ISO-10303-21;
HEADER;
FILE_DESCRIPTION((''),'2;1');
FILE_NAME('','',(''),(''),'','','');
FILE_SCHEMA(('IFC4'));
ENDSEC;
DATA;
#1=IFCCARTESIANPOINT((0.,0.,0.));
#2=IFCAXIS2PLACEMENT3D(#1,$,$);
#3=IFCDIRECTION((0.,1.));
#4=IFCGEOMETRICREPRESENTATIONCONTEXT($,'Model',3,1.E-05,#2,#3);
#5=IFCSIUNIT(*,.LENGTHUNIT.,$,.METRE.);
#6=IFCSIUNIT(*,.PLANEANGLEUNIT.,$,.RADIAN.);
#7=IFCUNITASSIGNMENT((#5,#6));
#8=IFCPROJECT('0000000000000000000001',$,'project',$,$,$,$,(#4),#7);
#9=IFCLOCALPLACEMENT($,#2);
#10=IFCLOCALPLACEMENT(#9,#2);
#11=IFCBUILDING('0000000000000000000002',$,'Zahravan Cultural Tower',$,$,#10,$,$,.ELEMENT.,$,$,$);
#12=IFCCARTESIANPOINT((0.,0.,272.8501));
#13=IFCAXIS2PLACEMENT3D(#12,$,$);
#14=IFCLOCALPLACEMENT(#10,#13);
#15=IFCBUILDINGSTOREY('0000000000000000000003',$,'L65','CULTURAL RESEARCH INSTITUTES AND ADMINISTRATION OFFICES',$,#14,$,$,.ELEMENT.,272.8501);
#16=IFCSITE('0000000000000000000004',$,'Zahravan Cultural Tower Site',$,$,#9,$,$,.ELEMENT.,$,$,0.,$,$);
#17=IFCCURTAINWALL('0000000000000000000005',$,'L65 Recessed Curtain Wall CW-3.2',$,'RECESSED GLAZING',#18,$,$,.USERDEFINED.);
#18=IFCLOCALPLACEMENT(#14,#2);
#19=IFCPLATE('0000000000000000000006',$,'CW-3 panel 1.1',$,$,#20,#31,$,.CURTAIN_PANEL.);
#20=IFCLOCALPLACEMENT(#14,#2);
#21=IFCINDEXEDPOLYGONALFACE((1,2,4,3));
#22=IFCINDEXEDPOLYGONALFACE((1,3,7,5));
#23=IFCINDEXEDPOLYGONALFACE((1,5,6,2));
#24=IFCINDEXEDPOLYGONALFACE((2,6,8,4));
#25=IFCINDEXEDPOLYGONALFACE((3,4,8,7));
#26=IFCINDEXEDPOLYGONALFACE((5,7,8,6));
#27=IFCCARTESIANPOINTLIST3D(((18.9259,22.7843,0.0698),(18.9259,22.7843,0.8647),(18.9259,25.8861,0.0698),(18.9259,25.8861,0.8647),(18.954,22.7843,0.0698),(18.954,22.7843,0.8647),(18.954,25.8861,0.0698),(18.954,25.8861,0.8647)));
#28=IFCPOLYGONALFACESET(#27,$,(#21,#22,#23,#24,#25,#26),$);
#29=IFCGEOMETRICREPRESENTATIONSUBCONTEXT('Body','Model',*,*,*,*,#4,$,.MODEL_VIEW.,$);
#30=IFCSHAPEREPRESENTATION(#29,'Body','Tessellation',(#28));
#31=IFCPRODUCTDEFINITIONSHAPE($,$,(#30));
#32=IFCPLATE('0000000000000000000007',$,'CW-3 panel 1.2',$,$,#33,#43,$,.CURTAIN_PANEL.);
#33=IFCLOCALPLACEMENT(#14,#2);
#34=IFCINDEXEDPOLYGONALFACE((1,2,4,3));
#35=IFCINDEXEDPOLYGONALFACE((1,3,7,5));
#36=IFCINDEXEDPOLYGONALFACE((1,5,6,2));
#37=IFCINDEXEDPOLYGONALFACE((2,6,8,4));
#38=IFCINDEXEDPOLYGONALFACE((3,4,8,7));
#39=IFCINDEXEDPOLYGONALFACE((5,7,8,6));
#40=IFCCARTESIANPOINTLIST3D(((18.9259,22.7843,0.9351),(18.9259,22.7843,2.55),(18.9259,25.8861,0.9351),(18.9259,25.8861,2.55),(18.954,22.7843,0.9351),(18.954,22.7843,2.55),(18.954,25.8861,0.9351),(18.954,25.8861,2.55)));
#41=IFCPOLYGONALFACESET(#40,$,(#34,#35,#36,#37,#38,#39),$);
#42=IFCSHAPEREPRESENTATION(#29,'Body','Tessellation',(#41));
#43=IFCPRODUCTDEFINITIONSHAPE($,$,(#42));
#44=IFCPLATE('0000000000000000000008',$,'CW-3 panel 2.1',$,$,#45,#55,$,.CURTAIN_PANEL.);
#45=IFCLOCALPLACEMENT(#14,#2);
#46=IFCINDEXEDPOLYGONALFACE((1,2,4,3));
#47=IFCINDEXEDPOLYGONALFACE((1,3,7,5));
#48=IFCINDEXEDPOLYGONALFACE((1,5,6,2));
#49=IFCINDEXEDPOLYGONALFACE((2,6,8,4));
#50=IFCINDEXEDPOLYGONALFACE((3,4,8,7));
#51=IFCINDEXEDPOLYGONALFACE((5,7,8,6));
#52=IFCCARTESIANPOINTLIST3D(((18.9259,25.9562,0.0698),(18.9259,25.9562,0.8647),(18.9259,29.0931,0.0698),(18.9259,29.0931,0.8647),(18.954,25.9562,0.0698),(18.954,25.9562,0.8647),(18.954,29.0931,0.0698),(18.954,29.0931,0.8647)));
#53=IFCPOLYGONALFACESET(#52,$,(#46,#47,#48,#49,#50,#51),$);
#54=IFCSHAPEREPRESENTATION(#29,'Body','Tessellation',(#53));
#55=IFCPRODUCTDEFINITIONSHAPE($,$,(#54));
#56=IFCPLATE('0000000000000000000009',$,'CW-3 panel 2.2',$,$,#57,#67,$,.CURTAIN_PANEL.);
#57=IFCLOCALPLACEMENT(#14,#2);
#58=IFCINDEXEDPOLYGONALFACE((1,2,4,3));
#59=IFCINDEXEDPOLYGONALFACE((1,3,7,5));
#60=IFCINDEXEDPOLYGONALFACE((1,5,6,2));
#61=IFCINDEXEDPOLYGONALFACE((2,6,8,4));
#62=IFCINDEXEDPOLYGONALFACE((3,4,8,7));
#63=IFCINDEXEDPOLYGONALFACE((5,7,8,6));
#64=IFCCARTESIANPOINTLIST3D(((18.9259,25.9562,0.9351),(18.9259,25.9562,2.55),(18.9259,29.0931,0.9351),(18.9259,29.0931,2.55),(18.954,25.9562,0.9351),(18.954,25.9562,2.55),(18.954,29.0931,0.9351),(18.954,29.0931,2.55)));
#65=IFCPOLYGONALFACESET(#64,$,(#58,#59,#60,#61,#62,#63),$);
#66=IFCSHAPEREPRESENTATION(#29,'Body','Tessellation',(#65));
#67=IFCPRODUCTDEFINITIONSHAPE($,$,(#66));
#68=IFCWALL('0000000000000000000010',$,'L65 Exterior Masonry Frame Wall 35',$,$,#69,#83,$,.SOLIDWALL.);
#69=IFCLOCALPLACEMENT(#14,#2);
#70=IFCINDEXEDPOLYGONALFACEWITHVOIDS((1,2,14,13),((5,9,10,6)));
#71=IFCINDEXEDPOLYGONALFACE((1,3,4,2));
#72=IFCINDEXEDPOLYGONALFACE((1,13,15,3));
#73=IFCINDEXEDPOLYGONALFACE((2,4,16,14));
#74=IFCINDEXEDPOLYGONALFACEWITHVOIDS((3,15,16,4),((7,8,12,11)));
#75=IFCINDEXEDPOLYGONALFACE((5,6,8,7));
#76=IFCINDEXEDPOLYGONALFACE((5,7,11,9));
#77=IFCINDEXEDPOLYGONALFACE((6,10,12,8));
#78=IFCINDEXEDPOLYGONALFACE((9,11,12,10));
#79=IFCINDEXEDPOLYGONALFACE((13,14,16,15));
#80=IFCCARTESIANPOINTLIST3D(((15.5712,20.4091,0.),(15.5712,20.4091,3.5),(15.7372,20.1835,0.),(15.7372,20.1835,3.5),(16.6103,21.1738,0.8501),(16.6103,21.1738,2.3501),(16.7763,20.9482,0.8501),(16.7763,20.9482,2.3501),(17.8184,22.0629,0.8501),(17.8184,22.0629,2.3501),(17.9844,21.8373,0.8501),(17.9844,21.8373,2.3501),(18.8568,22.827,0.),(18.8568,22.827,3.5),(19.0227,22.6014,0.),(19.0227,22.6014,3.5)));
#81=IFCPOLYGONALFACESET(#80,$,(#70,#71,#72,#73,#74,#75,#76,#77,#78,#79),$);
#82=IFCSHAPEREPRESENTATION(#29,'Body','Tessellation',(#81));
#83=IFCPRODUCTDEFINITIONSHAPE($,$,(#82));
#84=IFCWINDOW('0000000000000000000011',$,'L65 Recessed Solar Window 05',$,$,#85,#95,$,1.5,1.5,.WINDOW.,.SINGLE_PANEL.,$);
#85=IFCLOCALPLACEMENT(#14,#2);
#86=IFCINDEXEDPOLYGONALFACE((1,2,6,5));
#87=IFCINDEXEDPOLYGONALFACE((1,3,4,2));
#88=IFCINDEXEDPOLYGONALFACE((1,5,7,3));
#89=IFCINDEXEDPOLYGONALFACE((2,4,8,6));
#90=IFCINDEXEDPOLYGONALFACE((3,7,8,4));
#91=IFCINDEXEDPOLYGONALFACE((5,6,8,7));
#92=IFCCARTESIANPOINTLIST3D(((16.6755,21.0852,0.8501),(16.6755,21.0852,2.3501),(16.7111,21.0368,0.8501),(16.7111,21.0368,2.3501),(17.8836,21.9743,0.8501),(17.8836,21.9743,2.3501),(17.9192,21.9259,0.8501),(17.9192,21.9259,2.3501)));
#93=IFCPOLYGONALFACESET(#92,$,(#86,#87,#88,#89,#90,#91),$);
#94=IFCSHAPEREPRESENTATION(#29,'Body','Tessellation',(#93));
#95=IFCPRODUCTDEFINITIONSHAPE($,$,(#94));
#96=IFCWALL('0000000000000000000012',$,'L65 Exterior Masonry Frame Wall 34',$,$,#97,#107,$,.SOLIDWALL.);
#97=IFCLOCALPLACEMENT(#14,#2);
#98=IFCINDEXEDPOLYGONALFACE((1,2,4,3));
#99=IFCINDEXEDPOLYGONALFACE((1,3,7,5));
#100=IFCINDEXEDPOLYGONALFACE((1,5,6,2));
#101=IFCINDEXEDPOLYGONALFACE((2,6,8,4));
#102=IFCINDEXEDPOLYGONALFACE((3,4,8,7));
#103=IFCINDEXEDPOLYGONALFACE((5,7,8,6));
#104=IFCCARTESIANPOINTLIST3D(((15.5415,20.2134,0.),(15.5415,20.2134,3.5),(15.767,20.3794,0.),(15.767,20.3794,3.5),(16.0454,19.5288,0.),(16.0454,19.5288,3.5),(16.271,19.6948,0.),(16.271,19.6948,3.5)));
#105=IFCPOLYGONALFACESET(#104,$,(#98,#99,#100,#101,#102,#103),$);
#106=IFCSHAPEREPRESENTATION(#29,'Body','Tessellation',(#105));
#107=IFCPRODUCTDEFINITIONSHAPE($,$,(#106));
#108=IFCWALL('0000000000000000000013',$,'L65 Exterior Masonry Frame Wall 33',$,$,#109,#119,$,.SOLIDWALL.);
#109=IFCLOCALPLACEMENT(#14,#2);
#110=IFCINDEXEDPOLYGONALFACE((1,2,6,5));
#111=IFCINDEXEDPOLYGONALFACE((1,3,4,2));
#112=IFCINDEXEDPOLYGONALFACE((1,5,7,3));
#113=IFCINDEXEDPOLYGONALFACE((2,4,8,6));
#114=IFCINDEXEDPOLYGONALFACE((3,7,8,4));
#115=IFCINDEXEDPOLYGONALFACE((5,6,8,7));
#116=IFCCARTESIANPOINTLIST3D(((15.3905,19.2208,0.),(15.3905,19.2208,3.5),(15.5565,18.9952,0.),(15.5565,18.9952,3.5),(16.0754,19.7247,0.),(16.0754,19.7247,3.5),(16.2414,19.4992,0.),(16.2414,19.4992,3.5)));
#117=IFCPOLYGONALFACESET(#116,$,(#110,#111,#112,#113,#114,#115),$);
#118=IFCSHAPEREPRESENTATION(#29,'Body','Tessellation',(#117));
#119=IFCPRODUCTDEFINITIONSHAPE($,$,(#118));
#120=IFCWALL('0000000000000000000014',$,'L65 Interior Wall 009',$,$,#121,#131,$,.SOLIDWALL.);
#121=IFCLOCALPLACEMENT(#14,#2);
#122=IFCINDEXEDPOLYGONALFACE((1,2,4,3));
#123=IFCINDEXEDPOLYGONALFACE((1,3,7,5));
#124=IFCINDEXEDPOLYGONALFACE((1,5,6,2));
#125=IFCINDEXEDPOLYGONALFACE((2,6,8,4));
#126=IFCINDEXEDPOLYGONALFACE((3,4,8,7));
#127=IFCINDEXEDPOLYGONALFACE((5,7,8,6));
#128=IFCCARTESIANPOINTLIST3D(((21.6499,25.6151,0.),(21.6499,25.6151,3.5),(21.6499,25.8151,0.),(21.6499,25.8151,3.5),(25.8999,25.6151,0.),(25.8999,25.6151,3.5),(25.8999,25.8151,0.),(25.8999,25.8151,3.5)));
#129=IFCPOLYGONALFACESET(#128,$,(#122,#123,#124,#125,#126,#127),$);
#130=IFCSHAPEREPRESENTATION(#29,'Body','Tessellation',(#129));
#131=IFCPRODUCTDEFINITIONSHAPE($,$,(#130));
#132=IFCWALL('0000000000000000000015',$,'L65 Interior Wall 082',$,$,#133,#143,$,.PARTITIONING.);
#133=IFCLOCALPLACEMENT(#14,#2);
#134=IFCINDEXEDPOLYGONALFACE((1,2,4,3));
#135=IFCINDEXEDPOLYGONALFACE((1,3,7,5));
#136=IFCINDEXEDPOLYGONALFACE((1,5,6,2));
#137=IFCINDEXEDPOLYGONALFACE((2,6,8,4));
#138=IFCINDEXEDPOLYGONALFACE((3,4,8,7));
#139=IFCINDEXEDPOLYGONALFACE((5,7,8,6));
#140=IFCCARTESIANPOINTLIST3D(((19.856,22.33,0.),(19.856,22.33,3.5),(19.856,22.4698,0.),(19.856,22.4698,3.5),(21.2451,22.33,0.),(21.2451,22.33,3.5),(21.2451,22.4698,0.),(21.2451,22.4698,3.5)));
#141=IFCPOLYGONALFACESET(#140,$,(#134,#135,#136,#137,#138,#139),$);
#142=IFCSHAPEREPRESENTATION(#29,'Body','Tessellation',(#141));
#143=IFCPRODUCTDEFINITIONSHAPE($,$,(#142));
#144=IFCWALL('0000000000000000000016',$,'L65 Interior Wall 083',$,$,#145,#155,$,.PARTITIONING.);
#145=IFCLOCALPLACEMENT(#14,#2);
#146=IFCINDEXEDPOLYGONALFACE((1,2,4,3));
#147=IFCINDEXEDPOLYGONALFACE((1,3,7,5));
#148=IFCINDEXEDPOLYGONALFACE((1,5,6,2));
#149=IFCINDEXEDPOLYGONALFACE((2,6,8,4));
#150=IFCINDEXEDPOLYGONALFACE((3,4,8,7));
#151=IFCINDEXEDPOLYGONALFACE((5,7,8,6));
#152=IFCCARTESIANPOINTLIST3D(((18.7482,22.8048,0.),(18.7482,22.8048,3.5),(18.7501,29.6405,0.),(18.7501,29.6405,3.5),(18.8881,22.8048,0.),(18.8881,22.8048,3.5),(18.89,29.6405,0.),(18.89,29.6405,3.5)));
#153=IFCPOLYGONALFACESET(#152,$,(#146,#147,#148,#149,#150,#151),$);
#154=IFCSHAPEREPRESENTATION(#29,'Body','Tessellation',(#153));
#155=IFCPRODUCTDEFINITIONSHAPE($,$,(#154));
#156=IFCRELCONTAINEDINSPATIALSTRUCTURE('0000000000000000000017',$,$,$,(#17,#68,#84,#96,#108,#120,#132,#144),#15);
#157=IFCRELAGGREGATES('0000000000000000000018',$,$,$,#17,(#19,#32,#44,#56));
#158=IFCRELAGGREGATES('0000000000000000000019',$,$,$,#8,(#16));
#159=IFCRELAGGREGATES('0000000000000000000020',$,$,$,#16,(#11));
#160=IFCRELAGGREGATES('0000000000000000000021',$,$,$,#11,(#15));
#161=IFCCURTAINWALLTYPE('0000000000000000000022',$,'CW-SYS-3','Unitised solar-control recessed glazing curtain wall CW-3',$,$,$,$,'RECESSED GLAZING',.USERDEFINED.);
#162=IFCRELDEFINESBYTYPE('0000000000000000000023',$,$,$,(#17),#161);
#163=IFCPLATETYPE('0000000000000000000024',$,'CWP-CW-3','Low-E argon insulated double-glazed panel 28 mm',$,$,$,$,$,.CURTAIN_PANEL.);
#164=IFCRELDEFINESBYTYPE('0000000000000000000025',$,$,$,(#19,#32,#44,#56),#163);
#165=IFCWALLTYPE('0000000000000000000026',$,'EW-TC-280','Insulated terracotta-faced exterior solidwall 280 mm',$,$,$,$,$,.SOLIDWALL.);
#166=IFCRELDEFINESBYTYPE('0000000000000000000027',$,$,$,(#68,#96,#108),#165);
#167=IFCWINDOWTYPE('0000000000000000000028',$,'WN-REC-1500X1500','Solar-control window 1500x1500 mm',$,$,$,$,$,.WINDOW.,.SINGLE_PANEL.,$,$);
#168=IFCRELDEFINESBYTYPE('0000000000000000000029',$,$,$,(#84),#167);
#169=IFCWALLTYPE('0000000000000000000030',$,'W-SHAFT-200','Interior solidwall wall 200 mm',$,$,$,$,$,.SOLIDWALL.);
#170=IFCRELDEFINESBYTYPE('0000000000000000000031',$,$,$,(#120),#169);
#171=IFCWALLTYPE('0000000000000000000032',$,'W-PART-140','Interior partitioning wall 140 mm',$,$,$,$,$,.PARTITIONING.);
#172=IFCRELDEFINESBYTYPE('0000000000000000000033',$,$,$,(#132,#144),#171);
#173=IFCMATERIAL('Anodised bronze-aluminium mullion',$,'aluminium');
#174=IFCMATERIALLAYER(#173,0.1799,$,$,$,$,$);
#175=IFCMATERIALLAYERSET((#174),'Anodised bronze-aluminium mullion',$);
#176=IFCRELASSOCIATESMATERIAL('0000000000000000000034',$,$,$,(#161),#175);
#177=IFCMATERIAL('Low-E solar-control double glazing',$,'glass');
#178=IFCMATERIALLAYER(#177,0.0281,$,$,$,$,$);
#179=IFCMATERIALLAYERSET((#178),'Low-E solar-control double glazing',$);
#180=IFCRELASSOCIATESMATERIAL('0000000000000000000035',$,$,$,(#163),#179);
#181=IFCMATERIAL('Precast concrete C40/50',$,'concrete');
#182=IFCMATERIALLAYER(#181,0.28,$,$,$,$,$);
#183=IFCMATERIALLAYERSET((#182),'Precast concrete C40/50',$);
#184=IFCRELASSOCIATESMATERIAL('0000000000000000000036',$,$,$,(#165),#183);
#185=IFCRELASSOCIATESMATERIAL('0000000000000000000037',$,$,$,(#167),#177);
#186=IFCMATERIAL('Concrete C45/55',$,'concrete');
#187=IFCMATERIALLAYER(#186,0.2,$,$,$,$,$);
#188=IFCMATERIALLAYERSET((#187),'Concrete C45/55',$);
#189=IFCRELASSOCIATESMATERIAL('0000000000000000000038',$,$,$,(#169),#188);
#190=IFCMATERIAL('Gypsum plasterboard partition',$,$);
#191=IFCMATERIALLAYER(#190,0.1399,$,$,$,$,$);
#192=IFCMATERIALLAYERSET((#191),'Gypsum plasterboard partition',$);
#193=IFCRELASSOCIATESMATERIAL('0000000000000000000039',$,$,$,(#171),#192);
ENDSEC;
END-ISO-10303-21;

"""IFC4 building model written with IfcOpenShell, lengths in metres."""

from ifc_helpers import new_model, si_unit, direction, frame, frame_2d, origin, origin_2d, place, context, subcontext, project, spatial, rectangle, extrude, source, transform, mapped, material, layer, layer_set, type_object, element, fill, aggregate, save


model = new_model("IFC4")

# Units and contexts
model_context = context("Model", 3, precision=1e-05, world=origin(), true_north=direction((0.0, 1.0)))
body_context = subcontext(model_context, "Body", "Model", "MODEL_VIEW")
ifc_project = project(units=[si_unit("LENGTHUNIT", "METRE"), si_unit("PLANEANGLEUNIT", "RADIAN")], contexts=[model_context])

# Site, building, storey
site_placement = place(None, origin())
site = spatial("IfcSite", under=ifc_project, at=site_placement, Name="Zahravan Cultural Tower Site", CompositionType="ELEMENT", RefElevation=0.0)
building_placement = place(site_placement, origin())
building = spatial("IfcBuilding", under=site, at=building_placement, Name="Zahravan Cultural Tower", CompositionType="ELEMENT")
storey_placement = place(building_placement, frame((0.0, 0.0, 272.8501)))
storey = spatial("IfcBuildingStorey", under=building, at=storey_placement, Name="L65", Description="CULTURAL RESEARCH INSTITUTES AND ADMINISTRATION OFFICES", CompositionType="ELEMENT", Elevation=272.8501)

# Curtain wall, plates
ifc_material_1 = material(Name="Anodised bronze-aluminium mullion", Category="aluminium")
ifc_layer_1 = layer(ifc_material_1, 0.1799)
ifc_layer_set_1 = layer_set([ifc_layer_1], Name="Anodised bronze-aluminium mullion")
curtain_wall_type = type_object("IfcCurtainWallType", Name="CW-SYS-3", Description="Unitised solar-control recessed glazing curtain wall CW-3", ElementType="RECESSED GLAZING", PredefinedType="USERDEFINED", material=ifc_layer_set_1)
curtain_wall_placement = place(storey_placement, origin())
curtain_wall = element("IfcCurtainWall", 1, at=curtain_wall_placement, inside=storey, type_object=curtain_wall_type, Name="L65 Recessed Curtain Wall CW-3.2", ObjectType="RECESSED GLAZING", PredefinedType="USERDEFINED")
ifc_material_2 = material(Name="Low-E solar-control double glazing", Category="glass")
ifc_layer_2 = layer(ifc_material_2, 0.0281)
ifc_layer_set_2 = layer_set([ifc_layer_2], Name="Low-E solar-control double glazing")
plate_type = type_object("IfcPlateType", Name="CWP-CW-3", Description="Low-E argon insulated double-glazed panel 28 mm", PredefinedType="CURTAIN_PANEL", material=ifc_layer_set_2)
shared_shape_1 = source(origin(), body_context, "Body", "SweptSolid", [
    extrude(rectangle(XDim=3.1018, YDim=0.0281, at=origin_2d()), origin(), (0.0, 0.0, 1.0), 0.7949),
])
plate_1_placement = place(storey_placement, frame((18.9399, 24.3352, 0.0698), z_axis=(0.0, 0.0, 1.0), x_axis=(0.0, 1.0, 0.0)))
plate_1 = element("IfcPlate", 2, at=plate_1_placement, type_object=plate_type, Name="CW-3 panel 1.1", PredefinedType="CURTAIN_PANEL", context=body_context, shape_type="MappedRepresentation", body=[
    mapped(shared_shape_1, transform((0.0, 0.0, 0.0), x_axis=(1.0, 0.0, 0.0), y_axis=(0.0, 1.0, 0.0), z_axis=(0.0, 0.0, 1.0), scale=1.0)),
])
shared_shape_2 = source(origin(), body_context, "Body", "SweptSolid", [
    extrude(rectangle(XDim=3.1018, YDim=0.0281, at=origin_2d()), origin(), (0.0, 0.0, 1.0), 1.615),
])
plate_2_placement = place(storey_placement, frame((18.9399, 24.3352, 0.9351), z_axis=(0.0, 0.0, 1.0), x_axis=(0.0, 1.0, 0.0)))
plate_2 = element("IfcPlate", 3, at=plate_2_placement, type_object=plate_type, Name="CW-3 panel 1.2", PredefinedType="CURTAIN_PANEL", context=body_context, shape_type="MappedRepresentation", body=[
    mapped(shared_shape_2, transform((0.0, 0.0, 0.0), x_axis=(1.0, 0.0, 0.0), y_axis=(0.0, 1.0, 0.0), z_axis=(0.0, 0.0, 1.0), scale=1.0)),
])
shared_shape_3 = source(origin(), body_context, "Body", "SweptSolid", [
    extrude(rectangle(XDim=3.137, YDim=0.0281, at=origin_2d()), origin(), (0.0, 0.0, 1.0), 0.7949),
])
plate_3_placement = place(storey_placement, frame((18.9399, 27.5247, 0.0698), z_axis=(0.0, 0.0, 1.0), x_axis=(0.0, 1.0, 0.0)))
plate_3 = element("IfcPlate", 4, at=plate_3_placement, type_object=plate_type, Name="CW-3 panel 2.1", PredefinedType="CURTAIN_PANEL", context=body_context, shape_type="MappedRepresentation", body=[
    mapped(shared_shape_3, transform((0.0, 0.0, 0.0), x_axis=(1.0, 0.0, 0.0), y_axis=(0.0, 1.0, 0.0), z_axis=(0.0, 0.0, 1.0), scale=1.0)),
])
shared_shape_4 = source(origin(), body_context, "Body", "SweptSolid", [
    extrude(rectangle(XDim=3.137, YDim=0.0281, at=origin_2d()), origin(), (0.0, 0.0, 1.0), 1.615),
])
plate_4_placement = place(storey_placement, frame((18.9399, 27.5247, 0.9351), z_axis=(0.0, 0.0, 1.0), x_axis=(0.0, 1.0, 0.0)))
plate_4 = element("IfcPlate", 5, at=plate_4_placement, type_object=plate_type, Name="CW-3 panel 2.2", PredefinedType="CURTAIN_PANEL", context=body_context, shape_type="MappedRepresentation", body=[
    mapped(shared_shape_4, transform((0.0, 0.0, 0.0), x_axis=(1.0, 0.0, 0.0), y_axis=(0.0, 1.0, 0.0), z_axis=(0.0, 0.0, 1.0), scale=1.0)),
])
aggregate(curtain_wall, [plate_1, plate_2, plate_3, plate_4])

# Wall, opening, window
ifc_material_3 = material(Name="Precast concrete C40/50", Category="concrete")
ifc_layer_3 = layer(ifc_material_3, 0.28)
ifc_layer_set_3 = layer_set([ifc_layer_3], Name="Precast concrete C40/50")
wall_type_1 = type_object("IfcWallType", Name="EW-TC-280", Description="Insulated terracotta-faced exterior solidwall 280 mm", PredefinedType="SOLIDWALL", material=ifc_layer_set_3)
wall_1_placement = place(storey_placement, frame((15.6543, 20.2964, 0.0), z_axis=(0.0, 0.0, 1.0), x_axis=(0.805411, 0.592717, 0.0)))
wall_1 = element("IfcWall", 6, at=wall_1_placement, inside=storey, type_object=wall_type_1, Name="L65 Exterior Masonry Frame Wall 35", PredefinedType="SOLIDWALL", context=body_context, shape_type="SweptSolid", body=[
    extrude(rectangle(XDim=4.0793, YDim=0.28, at=frame_2d((2.0396, 0.0))), origin(), (0.0, 0.0, 1.0), 3.5),
])
opening_placement = place(wall_1_placement, frame((1.29, 0.0, 0.8501)))
opening = element("IfcOpeningElement", 7, at=opening_placement, cuts=wall_1, PredefinedType="OPENING", context=body_context, shape_type="SweptSolid", body=[
    extrude(rectangle(XDim=1.5, YDim=1.5, at=frame_2d((0.75, 0.75))), frame((0.0, 0.1499, 0.0), z_axis=(0.0, -1.0, 0.0), x_axis=(1.0, 0.0, 0.0)), (0.0, 0.0, 1.0), 0.3),
])
window_type = type_object("IfcWindowType", Name="WN-REC-1500X1500", Description="Solar-control window 1500x1500 mm", PartitioningType="SINGLE_PANEL", PredefinedType="WINDOW", material=ifc_material_2)
shared_shape_5 = source(origin(), body_context, "Body", "SweptSolid", [
    extrude(rectangle(XDim=1.5, YDim=1.5, at=frame_2d((0.75, 0.75))), frame((0.0, 0.03, 0.0), z_axis=(0.0, -1.0, 0.0), x_axis=(1.0, 0.0, 0.0)), (0.0, 0.0, 1.0), 0.0601),
])
window_placement = place(opening_placement, origin())
window = element("IfcWindow", 8, at=window_placement, inside=storey, type_object=window_type, Name="L65 Recessed Solar Window 05", OverallHeight=1.5, OverallWidth=1.5, PartitioningType="SINGLE_PANEL", PredefinedType="WINDOW", context=body_context, shape_type="MappedRepresentation", body=[
    mapped(shared_shape_5, transform((0.0, 0.0, 0.0), x_axis=(1.0, 0.0, 0.0), y_axis=(0.0, 1.0, 0.0), z_axis=(0.0, 0.0, 1.0), scale=1.0)),
])
fill(opening, window)

# Walls
shared_shape_6 = source(origin(), body_context, "Body", "SweptSolid", [
    extrude(rectangle(XDim=0.8501, YDim=0.28, at=frame_2d((0.425, 0.0))), origin(), (0.0, 0.0, 1.0), 3.5),
])
wall_2_placement = place(storey_placement, frame((16.1582, 19.6118, 0.0), z_axis=(0.0, 0.0, 1.0), x_axis=(-0.592807, 0.805345, 0.0)))
element("IfcWall", 9, at=wall_2_placement, inside=storey, type_object=wall_type_1, Name="L65 Exterior Masonry Frame Wall 34", PredefinedType="SOLIDWALL", context=body_context, shape_type="MappedRepresentation", body=[
    mapped(shared_shape_6, transform((0.0, 0.0, 0.0), x_axis=(1.0, 0.0, 0.0), y_axis=(0.0, 1.0, 0.0), z_axis=(0.0, 0.0, 1.0), scale=1.0)),
])
shared_shape_7 = source(origin(), body_context, "Body", "SweptSolid", [
    extrude(rectangle(XDim=0.8503, YDim=0.28, at=frame_2d((0.4253, 0.0))), origin(), (0.0, 0.0, 1.0), 3.5),
])
wall_3_placement = place(storey_placement, frame((15.4734, 19.1079, 0.0), z_axis=(0.0, 0.0, 1.0), x_axis=(0.805445, 0.59267, 0.0)))
element("IfcWall", 10, at=wall_3_placement, inside=storey, type_object=wall_type_1, Name="L65 Exterior Masonry Frame Wall 33", PredefinedType="SOLIDWALL", context=body_context, shape_type="MappedRepresentation", body=[
    mapped(shared_shape_7, transform((0.0, 0.0, 0.0), x_axis=(1.0, 0.0, 0.0), y_axis=(0.0, 1.0, 0.0), z_axis=(0.0, 0.0, 1.0), scale=1.0)),
])
ifc_material_4 = material(Name="Concrete C45/55", Category="concrete")
ifc_layer_4 = layer(ifc_material_4, 0.2)
ifc_layer_set_4 = layer_set([ifc_layer_4], Name="Concrete C45/55")
wall_type_2 = type_object("IfcWallType", Name="W-SHAFT-200", Description="Interior solidwall wall 200 mm", PredefinedType="SOLIDWALL", material=ifc_layer_set_4)
shared_shape_8 = source(origin(), body_context, "Body", "SweptSolid", [
    extrude(rectangle(XDim=4.25, YDim=0.2, at=frame_2d((2.125, 0.0))), origin(), (0.0, 0.0, 1.0), 3.5),
])
wall_4_placement = place(storey_placement, frame((21.6499, 25.7151, 0.0), z_axis=(0.0, 0.0, 1.0), x_axis=(1.0, 0.0, 0.0)))
element("IfcWall", 11, at=wall_4_placement, inside=storey, type_object=wall_type_2, Name="L65 Interior Wall 009", PredefinedType="SOLIDWALL", context=body_context, shape_type="MappedRepresentation", body=[
    mapped(shared_shape_8, transform((0.0, 0.0, 0.0), x_axis=(1.0, 0.0, 0.0), y_axis=(0.0, 1.0, 0.0), z_axis=(0.0, 0.0, 1.0), scale=1.0)),
])
ifc_material_5 = material(Name="Gypsum plasterboard partition")
ifc_layer_5 = layer(ifc_material_5, 0.1399)
ifc_layer_set_5 = layer_set([ifc_layer_5], Name="Gypsum plasterboard partition")
wall_type_3 = type_object("IfcWallType", Name="W-PART-140", Description="Interior partitioning wall 140 mm", PredefinedType="PARTITIONING", material=ifc_layer_set_5)
shared_shape_9 = source(origin(), body_context, "Body", "SweptSolid", [
    extrude(rectangle(XDim=1.3892, YDim=0.1399, at=frame_2d((0.6946, 0.0))), origin(), (0.0, 0.0, 1.0), 3.5),
])
wall_5_placement = place(storey_placement, frame((19.856, 22.3999, 0.0), z_axis=(0.0, 0.0, 1.0), x_axis=(1.0, 0.0, 0.0)))
element("IfcWall", 12, at=wall_5_placement, inside=storey, type_object=wall_type_3, Name="L65 Interior Wall 082", PredefinedType="PARTITIONING", context=body_context, shape_type="MappedRepresentation", body=[
    mapped(shared_shape_9, transform((0.0, 0.0, 0.0), x_axis=(1.0, 0.0, 0.0), y_axis=(0.0, 1.0, 0.0), z_axis=(0.0, 0.0, 1.0), scale=1.0)),
])
shared_shape_10 = source(origin(), body_context, "Body", "SweptSolid", [
    extrude(rectangle(XDim=6.8357, YDim=0.1399, at=frame_2d((3.418, 0.0))), origin(), (0.0, 0.0, 1.0), 3.5),
])
wall_6_placement = place(storey_placement, frame((18.8181, 22.8047, 0.0), z_axis=(0.0, 0.0, 1.0), x_axis=(0.000286, 1.0, 0.0)))
element("IfcWall", 13, at=wall_6_placement, inside=storey, type_object=wall_type_3, Name="L65 Interior Wall 083", PredefinedType="PARTITIONING", context=body_context, shape_type="MappedRepresentation", body=[
    mapped(shared_shape_10, transform((0.0, 0.0, 0.0), x_axis=(1.0, 0.0, 0.0), y_axis=(0.0, 1.0, 0.0), z_axis=(0.0, 0.0, 1.0), scale=1.0)),
])

save(model, "model.ifc")
